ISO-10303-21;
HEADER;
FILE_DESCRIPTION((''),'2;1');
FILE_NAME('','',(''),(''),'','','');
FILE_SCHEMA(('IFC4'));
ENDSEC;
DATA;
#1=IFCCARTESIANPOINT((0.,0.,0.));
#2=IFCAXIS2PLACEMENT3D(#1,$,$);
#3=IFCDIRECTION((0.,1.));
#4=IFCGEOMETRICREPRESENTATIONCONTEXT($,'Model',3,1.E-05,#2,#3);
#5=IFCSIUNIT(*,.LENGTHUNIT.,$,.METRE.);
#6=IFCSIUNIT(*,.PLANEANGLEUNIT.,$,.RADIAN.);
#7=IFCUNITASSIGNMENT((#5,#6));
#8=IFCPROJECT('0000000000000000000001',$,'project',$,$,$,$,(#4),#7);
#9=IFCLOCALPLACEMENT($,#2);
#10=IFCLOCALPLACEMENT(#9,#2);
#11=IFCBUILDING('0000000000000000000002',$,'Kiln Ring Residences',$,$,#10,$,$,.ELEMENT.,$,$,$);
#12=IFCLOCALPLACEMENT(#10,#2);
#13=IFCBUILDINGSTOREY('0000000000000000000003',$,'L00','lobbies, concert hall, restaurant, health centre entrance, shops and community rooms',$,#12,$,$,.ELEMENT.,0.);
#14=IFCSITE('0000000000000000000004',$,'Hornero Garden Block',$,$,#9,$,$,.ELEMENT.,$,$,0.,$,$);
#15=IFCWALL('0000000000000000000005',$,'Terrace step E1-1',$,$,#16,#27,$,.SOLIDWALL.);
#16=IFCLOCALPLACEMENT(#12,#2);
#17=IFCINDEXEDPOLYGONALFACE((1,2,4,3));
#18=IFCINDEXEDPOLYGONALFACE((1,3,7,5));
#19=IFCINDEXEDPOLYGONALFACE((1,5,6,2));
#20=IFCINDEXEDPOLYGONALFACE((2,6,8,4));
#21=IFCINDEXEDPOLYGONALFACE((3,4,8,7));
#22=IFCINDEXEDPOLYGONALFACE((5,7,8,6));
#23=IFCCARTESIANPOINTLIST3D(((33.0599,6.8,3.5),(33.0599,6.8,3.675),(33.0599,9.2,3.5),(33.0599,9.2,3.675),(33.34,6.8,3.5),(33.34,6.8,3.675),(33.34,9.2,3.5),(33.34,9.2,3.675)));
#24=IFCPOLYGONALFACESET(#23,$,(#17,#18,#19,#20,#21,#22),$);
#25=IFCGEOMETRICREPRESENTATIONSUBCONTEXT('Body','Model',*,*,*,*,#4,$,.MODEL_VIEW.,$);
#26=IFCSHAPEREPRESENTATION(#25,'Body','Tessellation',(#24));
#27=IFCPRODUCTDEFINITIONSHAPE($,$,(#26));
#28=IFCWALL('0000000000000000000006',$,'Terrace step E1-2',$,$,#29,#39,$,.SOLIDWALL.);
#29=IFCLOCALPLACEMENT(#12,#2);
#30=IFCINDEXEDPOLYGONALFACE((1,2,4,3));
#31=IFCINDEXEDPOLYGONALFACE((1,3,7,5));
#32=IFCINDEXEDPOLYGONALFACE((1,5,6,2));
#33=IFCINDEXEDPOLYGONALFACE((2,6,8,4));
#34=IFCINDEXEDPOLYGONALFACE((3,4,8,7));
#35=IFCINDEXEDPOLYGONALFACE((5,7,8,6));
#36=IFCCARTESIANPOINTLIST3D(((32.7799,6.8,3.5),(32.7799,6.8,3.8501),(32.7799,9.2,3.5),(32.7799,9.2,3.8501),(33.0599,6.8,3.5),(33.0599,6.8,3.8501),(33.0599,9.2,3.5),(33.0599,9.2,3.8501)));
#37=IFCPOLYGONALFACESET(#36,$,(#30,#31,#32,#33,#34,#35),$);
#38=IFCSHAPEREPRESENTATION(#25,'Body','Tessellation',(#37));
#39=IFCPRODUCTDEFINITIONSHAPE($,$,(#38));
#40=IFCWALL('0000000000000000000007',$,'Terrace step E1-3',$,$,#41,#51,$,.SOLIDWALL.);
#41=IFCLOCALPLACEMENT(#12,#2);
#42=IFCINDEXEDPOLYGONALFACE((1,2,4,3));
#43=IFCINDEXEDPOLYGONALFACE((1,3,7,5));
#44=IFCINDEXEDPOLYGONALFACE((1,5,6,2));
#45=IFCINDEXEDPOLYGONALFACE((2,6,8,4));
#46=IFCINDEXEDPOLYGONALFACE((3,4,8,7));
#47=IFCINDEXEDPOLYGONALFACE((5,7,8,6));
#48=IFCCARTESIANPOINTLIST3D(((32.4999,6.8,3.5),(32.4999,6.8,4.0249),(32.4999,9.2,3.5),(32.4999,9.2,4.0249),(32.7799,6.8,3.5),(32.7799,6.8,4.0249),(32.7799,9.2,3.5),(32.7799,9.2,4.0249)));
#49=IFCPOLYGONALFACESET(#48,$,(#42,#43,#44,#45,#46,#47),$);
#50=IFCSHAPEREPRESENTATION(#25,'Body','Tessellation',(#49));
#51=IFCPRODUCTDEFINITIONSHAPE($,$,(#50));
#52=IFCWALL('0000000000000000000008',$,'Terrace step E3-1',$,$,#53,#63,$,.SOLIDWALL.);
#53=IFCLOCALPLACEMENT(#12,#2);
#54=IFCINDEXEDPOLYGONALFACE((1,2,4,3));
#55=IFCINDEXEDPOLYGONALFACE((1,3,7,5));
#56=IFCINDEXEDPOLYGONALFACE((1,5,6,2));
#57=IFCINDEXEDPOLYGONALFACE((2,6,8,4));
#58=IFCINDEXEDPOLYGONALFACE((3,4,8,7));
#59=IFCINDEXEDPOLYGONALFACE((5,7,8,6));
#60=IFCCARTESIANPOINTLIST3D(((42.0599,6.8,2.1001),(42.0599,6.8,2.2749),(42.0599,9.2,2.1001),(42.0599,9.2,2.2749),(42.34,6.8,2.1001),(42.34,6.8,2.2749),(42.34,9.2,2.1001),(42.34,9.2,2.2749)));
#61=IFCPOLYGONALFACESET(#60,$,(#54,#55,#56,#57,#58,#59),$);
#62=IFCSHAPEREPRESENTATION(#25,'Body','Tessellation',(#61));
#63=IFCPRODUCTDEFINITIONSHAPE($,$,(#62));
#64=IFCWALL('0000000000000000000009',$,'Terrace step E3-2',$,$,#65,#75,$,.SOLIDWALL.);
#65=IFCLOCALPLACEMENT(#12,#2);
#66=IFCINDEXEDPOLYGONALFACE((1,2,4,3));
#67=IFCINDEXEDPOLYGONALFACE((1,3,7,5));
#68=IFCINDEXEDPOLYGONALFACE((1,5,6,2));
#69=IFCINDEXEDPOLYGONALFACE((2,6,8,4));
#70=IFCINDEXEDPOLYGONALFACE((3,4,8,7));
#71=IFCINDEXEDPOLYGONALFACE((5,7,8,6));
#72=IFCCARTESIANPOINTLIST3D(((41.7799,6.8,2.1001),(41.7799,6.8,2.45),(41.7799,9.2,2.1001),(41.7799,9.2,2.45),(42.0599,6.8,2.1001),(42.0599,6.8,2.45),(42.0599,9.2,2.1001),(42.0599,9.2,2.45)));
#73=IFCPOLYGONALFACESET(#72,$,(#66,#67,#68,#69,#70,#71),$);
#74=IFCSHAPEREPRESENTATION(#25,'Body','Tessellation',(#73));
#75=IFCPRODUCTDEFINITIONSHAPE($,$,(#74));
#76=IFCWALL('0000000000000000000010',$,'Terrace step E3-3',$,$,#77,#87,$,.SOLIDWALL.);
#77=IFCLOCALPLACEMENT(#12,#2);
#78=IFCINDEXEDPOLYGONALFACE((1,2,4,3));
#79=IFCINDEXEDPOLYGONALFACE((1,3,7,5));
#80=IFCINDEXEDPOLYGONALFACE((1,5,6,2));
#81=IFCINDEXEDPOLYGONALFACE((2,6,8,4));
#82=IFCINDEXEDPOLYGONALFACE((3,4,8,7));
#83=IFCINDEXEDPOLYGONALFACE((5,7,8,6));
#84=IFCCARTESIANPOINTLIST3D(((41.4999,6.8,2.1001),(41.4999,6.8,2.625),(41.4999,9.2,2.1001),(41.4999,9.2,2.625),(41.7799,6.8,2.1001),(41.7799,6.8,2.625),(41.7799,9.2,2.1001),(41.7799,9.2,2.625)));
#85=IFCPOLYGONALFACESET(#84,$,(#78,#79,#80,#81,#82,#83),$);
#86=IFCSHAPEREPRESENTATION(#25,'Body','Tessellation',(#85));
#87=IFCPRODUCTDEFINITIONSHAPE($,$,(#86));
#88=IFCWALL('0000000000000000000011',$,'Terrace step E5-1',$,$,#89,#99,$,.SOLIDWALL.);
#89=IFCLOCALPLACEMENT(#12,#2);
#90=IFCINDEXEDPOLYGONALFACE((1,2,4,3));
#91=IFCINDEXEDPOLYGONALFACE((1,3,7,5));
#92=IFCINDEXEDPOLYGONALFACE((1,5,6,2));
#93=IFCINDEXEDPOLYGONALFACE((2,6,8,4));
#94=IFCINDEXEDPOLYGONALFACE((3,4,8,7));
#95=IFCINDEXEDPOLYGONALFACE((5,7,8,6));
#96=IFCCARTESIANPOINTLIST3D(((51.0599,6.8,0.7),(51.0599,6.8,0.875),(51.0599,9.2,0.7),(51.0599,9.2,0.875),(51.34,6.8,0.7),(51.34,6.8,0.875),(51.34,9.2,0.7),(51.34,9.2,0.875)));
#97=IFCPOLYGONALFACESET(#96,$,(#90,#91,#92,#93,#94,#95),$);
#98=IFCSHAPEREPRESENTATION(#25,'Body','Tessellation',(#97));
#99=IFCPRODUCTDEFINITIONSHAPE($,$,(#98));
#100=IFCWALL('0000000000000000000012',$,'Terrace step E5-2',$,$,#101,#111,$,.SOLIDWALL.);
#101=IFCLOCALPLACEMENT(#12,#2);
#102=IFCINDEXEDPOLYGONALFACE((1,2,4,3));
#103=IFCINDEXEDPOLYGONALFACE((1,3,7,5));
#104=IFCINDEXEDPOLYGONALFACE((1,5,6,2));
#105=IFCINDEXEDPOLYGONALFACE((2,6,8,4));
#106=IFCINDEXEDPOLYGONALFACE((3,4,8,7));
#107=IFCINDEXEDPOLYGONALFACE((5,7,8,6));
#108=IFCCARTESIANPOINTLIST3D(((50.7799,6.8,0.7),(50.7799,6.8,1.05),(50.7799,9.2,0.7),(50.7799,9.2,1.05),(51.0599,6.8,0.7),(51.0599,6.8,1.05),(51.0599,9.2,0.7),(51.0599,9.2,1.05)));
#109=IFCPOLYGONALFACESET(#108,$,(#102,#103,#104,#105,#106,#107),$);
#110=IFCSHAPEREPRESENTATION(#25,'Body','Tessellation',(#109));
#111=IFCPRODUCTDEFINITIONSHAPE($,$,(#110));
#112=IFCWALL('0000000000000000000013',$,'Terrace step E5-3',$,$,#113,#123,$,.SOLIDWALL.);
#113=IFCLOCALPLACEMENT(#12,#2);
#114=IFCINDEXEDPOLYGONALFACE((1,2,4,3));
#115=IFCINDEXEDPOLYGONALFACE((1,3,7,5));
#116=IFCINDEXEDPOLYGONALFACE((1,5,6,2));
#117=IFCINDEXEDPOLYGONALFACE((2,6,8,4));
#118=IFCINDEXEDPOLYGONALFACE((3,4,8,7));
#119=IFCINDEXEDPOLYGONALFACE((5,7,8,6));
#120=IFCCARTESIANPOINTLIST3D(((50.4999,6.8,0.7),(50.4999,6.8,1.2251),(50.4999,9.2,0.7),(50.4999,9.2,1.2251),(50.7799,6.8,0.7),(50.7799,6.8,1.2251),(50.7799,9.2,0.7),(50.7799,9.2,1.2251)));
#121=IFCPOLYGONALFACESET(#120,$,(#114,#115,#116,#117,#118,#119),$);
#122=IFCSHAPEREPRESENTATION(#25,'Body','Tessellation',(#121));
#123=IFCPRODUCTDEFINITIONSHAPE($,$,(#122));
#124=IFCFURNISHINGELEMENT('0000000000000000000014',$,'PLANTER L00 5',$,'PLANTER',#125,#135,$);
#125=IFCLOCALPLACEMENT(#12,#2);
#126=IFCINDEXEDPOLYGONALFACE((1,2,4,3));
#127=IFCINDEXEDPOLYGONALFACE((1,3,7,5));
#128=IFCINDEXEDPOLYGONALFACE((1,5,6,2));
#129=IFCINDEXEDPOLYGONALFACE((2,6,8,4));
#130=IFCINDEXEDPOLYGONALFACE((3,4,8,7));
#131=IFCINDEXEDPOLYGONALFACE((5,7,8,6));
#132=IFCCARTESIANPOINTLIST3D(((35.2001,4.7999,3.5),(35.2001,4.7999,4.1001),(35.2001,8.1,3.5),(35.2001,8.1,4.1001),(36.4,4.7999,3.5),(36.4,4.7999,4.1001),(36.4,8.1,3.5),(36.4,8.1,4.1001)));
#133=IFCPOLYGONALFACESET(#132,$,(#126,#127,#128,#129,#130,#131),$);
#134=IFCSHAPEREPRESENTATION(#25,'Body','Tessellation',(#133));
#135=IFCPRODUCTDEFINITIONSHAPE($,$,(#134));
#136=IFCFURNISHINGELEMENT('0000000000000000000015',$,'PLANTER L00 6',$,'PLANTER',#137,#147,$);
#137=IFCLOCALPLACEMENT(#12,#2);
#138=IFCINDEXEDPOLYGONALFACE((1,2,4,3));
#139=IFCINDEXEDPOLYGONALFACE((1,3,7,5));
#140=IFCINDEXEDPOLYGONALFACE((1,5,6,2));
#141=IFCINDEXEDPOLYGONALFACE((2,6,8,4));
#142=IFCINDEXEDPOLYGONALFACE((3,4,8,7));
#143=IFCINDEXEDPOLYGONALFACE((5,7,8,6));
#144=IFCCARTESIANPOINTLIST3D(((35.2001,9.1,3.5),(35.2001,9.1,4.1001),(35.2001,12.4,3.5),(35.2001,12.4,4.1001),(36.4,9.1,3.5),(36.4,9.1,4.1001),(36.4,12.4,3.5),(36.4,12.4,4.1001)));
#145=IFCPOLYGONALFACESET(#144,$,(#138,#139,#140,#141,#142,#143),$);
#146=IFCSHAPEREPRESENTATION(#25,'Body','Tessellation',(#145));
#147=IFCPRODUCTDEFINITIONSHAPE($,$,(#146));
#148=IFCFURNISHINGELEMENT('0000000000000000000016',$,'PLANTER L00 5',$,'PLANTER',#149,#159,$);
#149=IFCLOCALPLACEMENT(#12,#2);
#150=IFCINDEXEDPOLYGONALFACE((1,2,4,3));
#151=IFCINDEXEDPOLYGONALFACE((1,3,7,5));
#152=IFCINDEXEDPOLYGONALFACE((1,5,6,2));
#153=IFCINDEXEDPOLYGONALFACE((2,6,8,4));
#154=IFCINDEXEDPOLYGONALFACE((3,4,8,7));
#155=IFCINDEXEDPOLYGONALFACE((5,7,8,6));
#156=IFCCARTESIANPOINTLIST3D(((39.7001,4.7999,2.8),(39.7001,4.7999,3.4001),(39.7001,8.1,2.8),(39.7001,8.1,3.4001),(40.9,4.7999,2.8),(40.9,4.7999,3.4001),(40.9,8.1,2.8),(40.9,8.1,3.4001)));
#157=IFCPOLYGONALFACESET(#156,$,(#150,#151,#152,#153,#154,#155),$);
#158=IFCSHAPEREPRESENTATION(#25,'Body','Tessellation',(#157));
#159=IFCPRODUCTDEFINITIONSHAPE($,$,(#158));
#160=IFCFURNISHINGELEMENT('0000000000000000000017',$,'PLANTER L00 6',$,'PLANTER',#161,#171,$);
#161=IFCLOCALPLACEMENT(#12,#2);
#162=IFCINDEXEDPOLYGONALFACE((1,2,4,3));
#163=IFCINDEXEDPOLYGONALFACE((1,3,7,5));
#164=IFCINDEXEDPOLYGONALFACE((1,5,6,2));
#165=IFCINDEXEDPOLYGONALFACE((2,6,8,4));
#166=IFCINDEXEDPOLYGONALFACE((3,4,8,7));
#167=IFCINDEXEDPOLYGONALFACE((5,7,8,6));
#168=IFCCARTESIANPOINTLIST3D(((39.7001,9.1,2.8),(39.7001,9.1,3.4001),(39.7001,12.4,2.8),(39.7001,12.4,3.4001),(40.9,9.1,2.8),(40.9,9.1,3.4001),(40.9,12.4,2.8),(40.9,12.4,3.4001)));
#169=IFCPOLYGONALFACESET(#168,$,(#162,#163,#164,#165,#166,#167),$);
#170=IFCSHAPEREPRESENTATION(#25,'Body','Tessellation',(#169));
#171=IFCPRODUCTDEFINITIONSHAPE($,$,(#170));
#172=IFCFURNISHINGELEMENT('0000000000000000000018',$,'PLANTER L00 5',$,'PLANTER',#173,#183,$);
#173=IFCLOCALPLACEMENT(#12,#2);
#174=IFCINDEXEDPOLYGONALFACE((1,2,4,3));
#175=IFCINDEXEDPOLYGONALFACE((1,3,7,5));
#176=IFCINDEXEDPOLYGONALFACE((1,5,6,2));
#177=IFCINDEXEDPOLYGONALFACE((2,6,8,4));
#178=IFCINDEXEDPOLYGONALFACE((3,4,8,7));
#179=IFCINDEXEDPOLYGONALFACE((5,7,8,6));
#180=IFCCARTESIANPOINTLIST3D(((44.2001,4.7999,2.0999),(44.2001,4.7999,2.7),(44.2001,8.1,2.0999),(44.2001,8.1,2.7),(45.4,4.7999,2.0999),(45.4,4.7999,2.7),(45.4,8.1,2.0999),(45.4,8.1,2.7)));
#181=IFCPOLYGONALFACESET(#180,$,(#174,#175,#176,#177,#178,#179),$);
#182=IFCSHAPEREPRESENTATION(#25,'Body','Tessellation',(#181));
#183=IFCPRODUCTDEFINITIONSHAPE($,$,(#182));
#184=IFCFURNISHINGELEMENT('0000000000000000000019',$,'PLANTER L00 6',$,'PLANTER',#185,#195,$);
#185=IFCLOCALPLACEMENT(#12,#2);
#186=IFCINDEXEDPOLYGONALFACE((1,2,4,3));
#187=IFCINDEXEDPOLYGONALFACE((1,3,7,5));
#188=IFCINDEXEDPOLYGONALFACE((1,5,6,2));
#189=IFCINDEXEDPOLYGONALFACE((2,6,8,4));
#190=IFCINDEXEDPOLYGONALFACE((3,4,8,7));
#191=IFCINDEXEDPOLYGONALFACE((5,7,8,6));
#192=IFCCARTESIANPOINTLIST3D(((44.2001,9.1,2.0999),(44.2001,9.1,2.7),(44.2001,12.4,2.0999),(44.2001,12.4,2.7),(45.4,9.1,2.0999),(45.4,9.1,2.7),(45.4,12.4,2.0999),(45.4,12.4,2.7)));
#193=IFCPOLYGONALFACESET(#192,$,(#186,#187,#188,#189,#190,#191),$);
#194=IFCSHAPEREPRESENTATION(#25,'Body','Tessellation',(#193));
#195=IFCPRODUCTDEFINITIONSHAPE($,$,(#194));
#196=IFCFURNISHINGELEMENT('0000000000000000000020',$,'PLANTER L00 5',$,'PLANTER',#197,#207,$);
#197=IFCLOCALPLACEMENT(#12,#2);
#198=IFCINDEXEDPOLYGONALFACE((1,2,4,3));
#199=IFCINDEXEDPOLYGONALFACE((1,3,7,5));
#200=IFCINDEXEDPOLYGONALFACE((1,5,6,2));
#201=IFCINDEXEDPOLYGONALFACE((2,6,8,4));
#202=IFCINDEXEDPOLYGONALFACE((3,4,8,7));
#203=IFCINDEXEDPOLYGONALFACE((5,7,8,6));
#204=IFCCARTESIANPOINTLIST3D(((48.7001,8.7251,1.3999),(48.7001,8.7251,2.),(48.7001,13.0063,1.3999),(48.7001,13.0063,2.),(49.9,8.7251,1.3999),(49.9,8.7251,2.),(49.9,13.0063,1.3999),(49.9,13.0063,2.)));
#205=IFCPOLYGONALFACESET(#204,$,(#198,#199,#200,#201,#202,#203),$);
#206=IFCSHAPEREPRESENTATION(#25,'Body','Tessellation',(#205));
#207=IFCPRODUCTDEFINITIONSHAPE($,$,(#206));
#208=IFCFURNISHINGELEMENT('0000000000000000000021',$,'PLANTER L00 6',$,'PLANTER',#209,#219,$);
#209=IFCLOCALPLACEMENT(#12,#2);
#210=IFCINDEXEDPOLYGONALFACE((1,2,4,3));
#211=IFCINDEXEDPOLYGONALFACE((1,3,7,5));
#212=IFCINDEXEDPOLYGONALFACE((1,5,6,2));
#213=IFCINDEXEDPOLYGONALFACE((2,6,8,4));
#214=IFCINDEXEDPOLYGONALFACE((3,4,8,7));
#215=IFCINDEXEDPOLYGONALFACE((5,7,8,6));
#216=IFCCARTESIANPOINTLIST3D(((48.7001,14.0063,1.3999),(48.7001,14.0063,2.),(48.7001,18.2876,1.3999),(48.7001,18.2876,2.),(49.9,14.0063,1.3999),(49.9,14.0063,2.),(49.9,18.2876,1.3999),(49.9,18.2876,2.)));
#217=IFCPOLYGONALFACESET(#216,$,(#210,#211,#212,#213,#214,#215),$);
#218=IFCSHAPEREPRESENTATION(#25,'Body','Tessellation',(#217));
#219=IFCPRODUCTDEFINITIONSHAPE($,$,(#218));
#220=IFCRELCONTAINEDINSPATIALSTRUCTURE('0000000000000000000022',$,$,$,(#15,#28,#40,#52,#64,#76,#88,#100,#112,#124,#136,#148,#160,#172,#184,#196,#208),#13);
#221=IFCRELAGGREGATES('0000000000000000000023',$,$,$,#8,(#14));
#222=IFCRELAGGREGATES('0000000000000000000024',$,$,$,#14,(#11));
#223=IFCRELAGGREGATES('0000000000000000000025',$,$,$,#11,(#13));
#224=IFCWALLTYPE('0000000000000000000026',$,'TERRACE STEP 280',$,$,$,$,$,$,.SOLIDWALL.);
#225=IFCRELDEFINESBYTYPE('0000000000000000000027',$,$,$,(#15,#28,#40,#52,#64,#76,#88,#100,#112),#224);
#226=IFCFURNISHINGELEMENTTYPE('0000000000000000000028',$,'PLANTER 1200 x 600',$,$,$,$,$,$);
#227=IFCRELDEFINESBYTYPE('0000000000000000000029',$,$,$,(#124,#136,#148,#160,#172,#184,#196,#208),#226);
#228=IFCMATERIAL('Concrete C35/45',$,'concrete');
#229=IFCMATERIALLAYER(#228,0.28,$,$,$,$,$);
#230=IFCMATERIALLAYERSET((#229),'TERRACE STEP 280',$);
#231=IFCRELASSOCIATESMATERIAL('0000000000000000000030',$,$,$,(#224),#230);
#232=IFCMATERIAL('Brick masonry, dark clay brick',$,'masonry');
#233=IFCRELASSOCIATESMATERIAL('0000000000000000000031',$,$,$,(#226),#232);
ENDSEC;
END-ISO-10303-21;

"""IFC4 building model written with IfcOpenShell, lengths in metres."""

from ifc_helpers import new_model, si_unit, direction, frame, frame_2d, origin, origin_2d, place, context, subcontext, project, spatial, rectangle, extrude, material, layer, layer_set, type_object, element, save


model = new_model("IFC4")

# Units and contexts
model_context = context("Model", 3, precision=1e-05, world=origin(), true_north=direction((0.0, 1.0)))
body_context = subcontext(model_context, "Body", "Model", "MODEL_VIEW")
ifc_project = project(units=[si_unit("LENGTHUNIT", "METRE"), si_unit("PLANEANGLEUNIT", "RADIAN")], contexts=[model_context])

# Site, building, storey
site_placement = place(None, origin())
site = spatial("IfcSite", under=ifc_project, at=site_placement, Name="Hornero Garden Block", CompositionType="ELEMENT", RefElevation=0.0)
building_placement = place(site_placement, origin())
building = spatial("IfcBuilding", under=site, at=building_placement, Name="Kiln Ring Residences", CompositionType="ELEMENT")
storey_placement = place(building_placement, origin())
storey = spatial("IfcBuildingStorey", under=building, at=storey_placement, Name="L00", Description="lobbies, concert hall, restaurant, health centre entrance, shops and community rooms", CompositionType="ELEMENT", Elevation=0.0)

# Walls
ifc_material_1 = material(Name="Concrete C35/45", Category="concrete")
ifc_layer = layer(ifc_material_1, 0.28)
ifc_layer_set = layer_set([ifc_layer], Name="TERRACE STEP 280")
wall_type = type_object("IfcWallType", Name="TERRACE STEP 280", PredefinedType="SOLIDWALL", material=ifc_layer_set)
wall_1_placement = place(storey_placement, frame((33.2, 6.8, 3.5), z_axis=(0.0, 0.0, 1.0), x_axis=(0.0, 1.0, 0.0)))
element("IfcWall", 1, at=wall_1_placement, inside=storey, type_object=wall_type, Name="Terrace step E1-1", PredefinedType="SOLIDWALL", context=body_context, shape_type="SweptSolid", body=[
    extrude(rectangle(XDim=2.3999, YDim=0.28, at=frame_2d((1.2, 0.0))), origin(), (0.0, 0.0, 1.0), 0.175),
])
wall_2_placement = place(storey_placement, frame((32.9199, 6.8, 3.5), z_axis=(0.0, 0.0, 1.0), x_axis=(0.0, 1.0, 0.0)))
element("IfcWall", 2, at=wall_2_placement, inside=storey, type_object=wall_type, Name="Terrace step E1-2", PredefinedType="SOLIDWALL", context=body_context, shape_type="SweptSolid", body=[
    extrude(rectangle(XDim=2.3999, YDim=0.28, at=frame_2d((1.2, 0.0))), origin(), (0.0, 0.0, 1.0), 0.3501),
])
wall_3_placement = place(storey_placement, frame((32.6399, 6.8, 3.5), z_axis=(0.0, 0.0, 1.0), x_axis=(0.0, 1.0, 0.0)))
element("IfcWall", 3, at=wall_3_placement, inside=storey, type_object=wall_type, Name="Terrace step E1-3", PredefinedType="SOLIDWALL", context=body_context, shape_type="SweptSolid", body=[
    extrude(rectangle(XDim=2.3999, YDim=0.28, at=frame_2d((1.2, 0.0))), origin(), (0.0, 0.0, 1.0), 0.5249),
])
wall_4_placement = place(storey_placement, frame((42.2, 6.8, 2.1001), z_axis=(0.0, 0.0, 1.0), x_axis=(0.0, 1.0, 0.0)))
element("IfcWall", 4, at=wall_4_placement, inside=storey, type_object=wall_type, Name="Terrace step E3-1", PredefinedType="SOLIDWALL", context=body_context, shape_type="SweptSolid", body=[
    extrude(rectangle(XDim=2.3999, YDim=0.28, at=frame_2d((1.2, 0.0))), origin(), (0.0, 0.0, 1.0), 0.1748),
])
wall_5_placement = place(storey_placement, frame((41.9199, 6.8, 2.1001), z_axis=(0.0, 0.0, 1.0), x_axis=(0.0, 1.0, 0.0)))
element("IfcWall", 5, at=wall_5_placement, inside=storey, type_object=wall_type, Name="Terrace step E3-2", PredefinedType="SOLIDWALL", context=body_context, shape_type="SweptSolid", body=[
    extrude(rectangle(XDim=2.3999, YDim=0.28, at=frame_2d((1.2, 0.0))), origin(), (0.0, 0.0, 1.0), 0.3499),
])
wall_6_placement = place(storey_placement, frame((41.6399, 6.8, 2.1001), z_axis=(0.0, 0.0, 1.0), x_axis=(0.0, 1.0, 0.0)))
element("IfcWall", 6, at=wall_6_placement, inside=storey, type_object=wall_type, Name="Terrace step E3-3", PredefinedType="SOLIDWALL", context=body_context, shape_type="SweptSolid", body=[
    extrude(rectangle(XDim=2.3999, YDim=0.28, at=frame_2d((1.2, 0.0))), origin(), (0.0, 0.0, 1.0), 0.5249),
])
wall_7_placement = place(storey_placement, frame((51.2, 6.8, 0.7), z_axis=(0.0, 0.0, 1.0), x_axis=(0.0, 1.0, 0.0)))
element("IfcWall", 7, at=wall_7_placement, inside=storey, type_object=wall_type, Name="Terrace step E5-1", PredefinedType="SOLIDWALL", context=body_context, shape_type="SweptSolid", body=[
    extrude(rectangle(XDim=2.3999, YDim=0.28, at=frame_2d((1.2, 0.0))), origin(), (0.0, 0.0, 1.0), 0.175),
])
wall_8_placement = place(storey_placement, frame((50.9199, 6.8, 0.7), z_axis=(0.0, 0.0, 1.0), x_axis=(0.0, 1.0, 0.0)))
element("IfcWall", 8, at=wall_8_placement, inside=storey, type_object=wall_type, Name="Terrace step E5-2", PredefinedType="SOLIDWALL", context=body_context, shape_type="SweptSolid", body=[
    extrude(rectangle(XDim=2.3999, YDim=0.28, at=frame_2d((1.2, 0.0))), origin(), (0.0, 0.0, 1.0), 0.3501),
])
wall_9_placement = place(storey_placement, frame((50.6399, 6.8, 0.7), z_axis=(0.0, 0.0, 1.0), x_axis=(0.0, 1.0, 0.0)))
element("IfcWall", 9, at=wall_9_placement, inside=storey, type_object=wall_type, Name="Terrace step E5-3", PredefinedType="SOLIDWALL", context=body_context, shape_type="SweptSolid", body=[
    extrude(rectangle(XDim=2.3999, YDim=0.28, at=frame_2d((1.2, 0.0))), origin(), (0.0, 0.0, 1.0), 0.5251),
])

# Furnishing elements
ifc_material_2 = material(Name="Brick masonry, dark clay brick", Category="masonry")
furnishing_element_type = type_object("IfcFurnishingElementType", Name="PLANTER 1200 x 600", material=ifc_material_2)
for number, where, z_axis, x_axis, name in (
    (10, (35.8, 6.45, 3.5), (0.0, 0.0, 1.0), (1.0, 0.0, 0.0), "PLANTER L00 5"),
    (11, (35.8, 10.75, 3.5), (0.0, 0.0, 1.0), (1.0, 0.0, 0.0), "PLANTER L00 6"),
    (12, (40.3, 6.45, 2.8), (0.0, 0.0, 1.0), (1.0, 0.0, 0.0), "PLANTER L00 5"),
    (13, (40.3, 10.75, 2.8), (0.0, 0.0, 1.0), (1.0, 0.0, 0.0), "PLANTER L00 6"),
    (14, (44.8, 6.45, 2.0999), (0.0, 0.0, 1.0), (1.0, 0.0, 0.0), "PLANTER L00 5"),
    (15, (44.8, 10.75, 2.0999), (0.0, 0.0, 1.0), (1.0, 0.0, 0.0), "PLANTER L00 6"),
):
    element("IfcFurnishingElement", number, at=place(storey_placement, frame(where, z_axis=z_axis, x_axis=x_axis)), inside=storey, type_object=furnishing_element_type, Name=name, ObjectType="PLANTER", context=body_context, shape_type="SweptSolid", body=[
        extrude(rectangle(XDim=1.2, YDim=3.3, at=origin_2d()), origin(), (0.0, 0.0, 1.0), 0.6001),
    ])
for number, where, z_axis, x_axis, name in (
    (16, (49.3, 10.8657, 1.3999), (0.0, 0.0, 1.0), (1.0, 0.0, 0.0), "PLANTER L00 5"),
    (17, (49.3, 16.147, 1.3999), (0.0, 0.0, 1.0), (1.0, 0.0, 0.0), "PLANTER L00 6"),
):
    element("IfcFurnishingElement", number, at=place(storey_placement, frame(where, z_axis=z_axis, x_axis=x_axis)), inside=storey, type_object=furnishing_element_type, Name=name, ObjectType="PLANTER", context=body_context, shape_type="SweptSolid", body=[
        extrude(rectangle(XDim=1.2, YDim=4.2812, at=origin_2d()), origin(), (0.0, 0.0, 1.0), 0.6001),
    ])

save(model, "model.ifc")
